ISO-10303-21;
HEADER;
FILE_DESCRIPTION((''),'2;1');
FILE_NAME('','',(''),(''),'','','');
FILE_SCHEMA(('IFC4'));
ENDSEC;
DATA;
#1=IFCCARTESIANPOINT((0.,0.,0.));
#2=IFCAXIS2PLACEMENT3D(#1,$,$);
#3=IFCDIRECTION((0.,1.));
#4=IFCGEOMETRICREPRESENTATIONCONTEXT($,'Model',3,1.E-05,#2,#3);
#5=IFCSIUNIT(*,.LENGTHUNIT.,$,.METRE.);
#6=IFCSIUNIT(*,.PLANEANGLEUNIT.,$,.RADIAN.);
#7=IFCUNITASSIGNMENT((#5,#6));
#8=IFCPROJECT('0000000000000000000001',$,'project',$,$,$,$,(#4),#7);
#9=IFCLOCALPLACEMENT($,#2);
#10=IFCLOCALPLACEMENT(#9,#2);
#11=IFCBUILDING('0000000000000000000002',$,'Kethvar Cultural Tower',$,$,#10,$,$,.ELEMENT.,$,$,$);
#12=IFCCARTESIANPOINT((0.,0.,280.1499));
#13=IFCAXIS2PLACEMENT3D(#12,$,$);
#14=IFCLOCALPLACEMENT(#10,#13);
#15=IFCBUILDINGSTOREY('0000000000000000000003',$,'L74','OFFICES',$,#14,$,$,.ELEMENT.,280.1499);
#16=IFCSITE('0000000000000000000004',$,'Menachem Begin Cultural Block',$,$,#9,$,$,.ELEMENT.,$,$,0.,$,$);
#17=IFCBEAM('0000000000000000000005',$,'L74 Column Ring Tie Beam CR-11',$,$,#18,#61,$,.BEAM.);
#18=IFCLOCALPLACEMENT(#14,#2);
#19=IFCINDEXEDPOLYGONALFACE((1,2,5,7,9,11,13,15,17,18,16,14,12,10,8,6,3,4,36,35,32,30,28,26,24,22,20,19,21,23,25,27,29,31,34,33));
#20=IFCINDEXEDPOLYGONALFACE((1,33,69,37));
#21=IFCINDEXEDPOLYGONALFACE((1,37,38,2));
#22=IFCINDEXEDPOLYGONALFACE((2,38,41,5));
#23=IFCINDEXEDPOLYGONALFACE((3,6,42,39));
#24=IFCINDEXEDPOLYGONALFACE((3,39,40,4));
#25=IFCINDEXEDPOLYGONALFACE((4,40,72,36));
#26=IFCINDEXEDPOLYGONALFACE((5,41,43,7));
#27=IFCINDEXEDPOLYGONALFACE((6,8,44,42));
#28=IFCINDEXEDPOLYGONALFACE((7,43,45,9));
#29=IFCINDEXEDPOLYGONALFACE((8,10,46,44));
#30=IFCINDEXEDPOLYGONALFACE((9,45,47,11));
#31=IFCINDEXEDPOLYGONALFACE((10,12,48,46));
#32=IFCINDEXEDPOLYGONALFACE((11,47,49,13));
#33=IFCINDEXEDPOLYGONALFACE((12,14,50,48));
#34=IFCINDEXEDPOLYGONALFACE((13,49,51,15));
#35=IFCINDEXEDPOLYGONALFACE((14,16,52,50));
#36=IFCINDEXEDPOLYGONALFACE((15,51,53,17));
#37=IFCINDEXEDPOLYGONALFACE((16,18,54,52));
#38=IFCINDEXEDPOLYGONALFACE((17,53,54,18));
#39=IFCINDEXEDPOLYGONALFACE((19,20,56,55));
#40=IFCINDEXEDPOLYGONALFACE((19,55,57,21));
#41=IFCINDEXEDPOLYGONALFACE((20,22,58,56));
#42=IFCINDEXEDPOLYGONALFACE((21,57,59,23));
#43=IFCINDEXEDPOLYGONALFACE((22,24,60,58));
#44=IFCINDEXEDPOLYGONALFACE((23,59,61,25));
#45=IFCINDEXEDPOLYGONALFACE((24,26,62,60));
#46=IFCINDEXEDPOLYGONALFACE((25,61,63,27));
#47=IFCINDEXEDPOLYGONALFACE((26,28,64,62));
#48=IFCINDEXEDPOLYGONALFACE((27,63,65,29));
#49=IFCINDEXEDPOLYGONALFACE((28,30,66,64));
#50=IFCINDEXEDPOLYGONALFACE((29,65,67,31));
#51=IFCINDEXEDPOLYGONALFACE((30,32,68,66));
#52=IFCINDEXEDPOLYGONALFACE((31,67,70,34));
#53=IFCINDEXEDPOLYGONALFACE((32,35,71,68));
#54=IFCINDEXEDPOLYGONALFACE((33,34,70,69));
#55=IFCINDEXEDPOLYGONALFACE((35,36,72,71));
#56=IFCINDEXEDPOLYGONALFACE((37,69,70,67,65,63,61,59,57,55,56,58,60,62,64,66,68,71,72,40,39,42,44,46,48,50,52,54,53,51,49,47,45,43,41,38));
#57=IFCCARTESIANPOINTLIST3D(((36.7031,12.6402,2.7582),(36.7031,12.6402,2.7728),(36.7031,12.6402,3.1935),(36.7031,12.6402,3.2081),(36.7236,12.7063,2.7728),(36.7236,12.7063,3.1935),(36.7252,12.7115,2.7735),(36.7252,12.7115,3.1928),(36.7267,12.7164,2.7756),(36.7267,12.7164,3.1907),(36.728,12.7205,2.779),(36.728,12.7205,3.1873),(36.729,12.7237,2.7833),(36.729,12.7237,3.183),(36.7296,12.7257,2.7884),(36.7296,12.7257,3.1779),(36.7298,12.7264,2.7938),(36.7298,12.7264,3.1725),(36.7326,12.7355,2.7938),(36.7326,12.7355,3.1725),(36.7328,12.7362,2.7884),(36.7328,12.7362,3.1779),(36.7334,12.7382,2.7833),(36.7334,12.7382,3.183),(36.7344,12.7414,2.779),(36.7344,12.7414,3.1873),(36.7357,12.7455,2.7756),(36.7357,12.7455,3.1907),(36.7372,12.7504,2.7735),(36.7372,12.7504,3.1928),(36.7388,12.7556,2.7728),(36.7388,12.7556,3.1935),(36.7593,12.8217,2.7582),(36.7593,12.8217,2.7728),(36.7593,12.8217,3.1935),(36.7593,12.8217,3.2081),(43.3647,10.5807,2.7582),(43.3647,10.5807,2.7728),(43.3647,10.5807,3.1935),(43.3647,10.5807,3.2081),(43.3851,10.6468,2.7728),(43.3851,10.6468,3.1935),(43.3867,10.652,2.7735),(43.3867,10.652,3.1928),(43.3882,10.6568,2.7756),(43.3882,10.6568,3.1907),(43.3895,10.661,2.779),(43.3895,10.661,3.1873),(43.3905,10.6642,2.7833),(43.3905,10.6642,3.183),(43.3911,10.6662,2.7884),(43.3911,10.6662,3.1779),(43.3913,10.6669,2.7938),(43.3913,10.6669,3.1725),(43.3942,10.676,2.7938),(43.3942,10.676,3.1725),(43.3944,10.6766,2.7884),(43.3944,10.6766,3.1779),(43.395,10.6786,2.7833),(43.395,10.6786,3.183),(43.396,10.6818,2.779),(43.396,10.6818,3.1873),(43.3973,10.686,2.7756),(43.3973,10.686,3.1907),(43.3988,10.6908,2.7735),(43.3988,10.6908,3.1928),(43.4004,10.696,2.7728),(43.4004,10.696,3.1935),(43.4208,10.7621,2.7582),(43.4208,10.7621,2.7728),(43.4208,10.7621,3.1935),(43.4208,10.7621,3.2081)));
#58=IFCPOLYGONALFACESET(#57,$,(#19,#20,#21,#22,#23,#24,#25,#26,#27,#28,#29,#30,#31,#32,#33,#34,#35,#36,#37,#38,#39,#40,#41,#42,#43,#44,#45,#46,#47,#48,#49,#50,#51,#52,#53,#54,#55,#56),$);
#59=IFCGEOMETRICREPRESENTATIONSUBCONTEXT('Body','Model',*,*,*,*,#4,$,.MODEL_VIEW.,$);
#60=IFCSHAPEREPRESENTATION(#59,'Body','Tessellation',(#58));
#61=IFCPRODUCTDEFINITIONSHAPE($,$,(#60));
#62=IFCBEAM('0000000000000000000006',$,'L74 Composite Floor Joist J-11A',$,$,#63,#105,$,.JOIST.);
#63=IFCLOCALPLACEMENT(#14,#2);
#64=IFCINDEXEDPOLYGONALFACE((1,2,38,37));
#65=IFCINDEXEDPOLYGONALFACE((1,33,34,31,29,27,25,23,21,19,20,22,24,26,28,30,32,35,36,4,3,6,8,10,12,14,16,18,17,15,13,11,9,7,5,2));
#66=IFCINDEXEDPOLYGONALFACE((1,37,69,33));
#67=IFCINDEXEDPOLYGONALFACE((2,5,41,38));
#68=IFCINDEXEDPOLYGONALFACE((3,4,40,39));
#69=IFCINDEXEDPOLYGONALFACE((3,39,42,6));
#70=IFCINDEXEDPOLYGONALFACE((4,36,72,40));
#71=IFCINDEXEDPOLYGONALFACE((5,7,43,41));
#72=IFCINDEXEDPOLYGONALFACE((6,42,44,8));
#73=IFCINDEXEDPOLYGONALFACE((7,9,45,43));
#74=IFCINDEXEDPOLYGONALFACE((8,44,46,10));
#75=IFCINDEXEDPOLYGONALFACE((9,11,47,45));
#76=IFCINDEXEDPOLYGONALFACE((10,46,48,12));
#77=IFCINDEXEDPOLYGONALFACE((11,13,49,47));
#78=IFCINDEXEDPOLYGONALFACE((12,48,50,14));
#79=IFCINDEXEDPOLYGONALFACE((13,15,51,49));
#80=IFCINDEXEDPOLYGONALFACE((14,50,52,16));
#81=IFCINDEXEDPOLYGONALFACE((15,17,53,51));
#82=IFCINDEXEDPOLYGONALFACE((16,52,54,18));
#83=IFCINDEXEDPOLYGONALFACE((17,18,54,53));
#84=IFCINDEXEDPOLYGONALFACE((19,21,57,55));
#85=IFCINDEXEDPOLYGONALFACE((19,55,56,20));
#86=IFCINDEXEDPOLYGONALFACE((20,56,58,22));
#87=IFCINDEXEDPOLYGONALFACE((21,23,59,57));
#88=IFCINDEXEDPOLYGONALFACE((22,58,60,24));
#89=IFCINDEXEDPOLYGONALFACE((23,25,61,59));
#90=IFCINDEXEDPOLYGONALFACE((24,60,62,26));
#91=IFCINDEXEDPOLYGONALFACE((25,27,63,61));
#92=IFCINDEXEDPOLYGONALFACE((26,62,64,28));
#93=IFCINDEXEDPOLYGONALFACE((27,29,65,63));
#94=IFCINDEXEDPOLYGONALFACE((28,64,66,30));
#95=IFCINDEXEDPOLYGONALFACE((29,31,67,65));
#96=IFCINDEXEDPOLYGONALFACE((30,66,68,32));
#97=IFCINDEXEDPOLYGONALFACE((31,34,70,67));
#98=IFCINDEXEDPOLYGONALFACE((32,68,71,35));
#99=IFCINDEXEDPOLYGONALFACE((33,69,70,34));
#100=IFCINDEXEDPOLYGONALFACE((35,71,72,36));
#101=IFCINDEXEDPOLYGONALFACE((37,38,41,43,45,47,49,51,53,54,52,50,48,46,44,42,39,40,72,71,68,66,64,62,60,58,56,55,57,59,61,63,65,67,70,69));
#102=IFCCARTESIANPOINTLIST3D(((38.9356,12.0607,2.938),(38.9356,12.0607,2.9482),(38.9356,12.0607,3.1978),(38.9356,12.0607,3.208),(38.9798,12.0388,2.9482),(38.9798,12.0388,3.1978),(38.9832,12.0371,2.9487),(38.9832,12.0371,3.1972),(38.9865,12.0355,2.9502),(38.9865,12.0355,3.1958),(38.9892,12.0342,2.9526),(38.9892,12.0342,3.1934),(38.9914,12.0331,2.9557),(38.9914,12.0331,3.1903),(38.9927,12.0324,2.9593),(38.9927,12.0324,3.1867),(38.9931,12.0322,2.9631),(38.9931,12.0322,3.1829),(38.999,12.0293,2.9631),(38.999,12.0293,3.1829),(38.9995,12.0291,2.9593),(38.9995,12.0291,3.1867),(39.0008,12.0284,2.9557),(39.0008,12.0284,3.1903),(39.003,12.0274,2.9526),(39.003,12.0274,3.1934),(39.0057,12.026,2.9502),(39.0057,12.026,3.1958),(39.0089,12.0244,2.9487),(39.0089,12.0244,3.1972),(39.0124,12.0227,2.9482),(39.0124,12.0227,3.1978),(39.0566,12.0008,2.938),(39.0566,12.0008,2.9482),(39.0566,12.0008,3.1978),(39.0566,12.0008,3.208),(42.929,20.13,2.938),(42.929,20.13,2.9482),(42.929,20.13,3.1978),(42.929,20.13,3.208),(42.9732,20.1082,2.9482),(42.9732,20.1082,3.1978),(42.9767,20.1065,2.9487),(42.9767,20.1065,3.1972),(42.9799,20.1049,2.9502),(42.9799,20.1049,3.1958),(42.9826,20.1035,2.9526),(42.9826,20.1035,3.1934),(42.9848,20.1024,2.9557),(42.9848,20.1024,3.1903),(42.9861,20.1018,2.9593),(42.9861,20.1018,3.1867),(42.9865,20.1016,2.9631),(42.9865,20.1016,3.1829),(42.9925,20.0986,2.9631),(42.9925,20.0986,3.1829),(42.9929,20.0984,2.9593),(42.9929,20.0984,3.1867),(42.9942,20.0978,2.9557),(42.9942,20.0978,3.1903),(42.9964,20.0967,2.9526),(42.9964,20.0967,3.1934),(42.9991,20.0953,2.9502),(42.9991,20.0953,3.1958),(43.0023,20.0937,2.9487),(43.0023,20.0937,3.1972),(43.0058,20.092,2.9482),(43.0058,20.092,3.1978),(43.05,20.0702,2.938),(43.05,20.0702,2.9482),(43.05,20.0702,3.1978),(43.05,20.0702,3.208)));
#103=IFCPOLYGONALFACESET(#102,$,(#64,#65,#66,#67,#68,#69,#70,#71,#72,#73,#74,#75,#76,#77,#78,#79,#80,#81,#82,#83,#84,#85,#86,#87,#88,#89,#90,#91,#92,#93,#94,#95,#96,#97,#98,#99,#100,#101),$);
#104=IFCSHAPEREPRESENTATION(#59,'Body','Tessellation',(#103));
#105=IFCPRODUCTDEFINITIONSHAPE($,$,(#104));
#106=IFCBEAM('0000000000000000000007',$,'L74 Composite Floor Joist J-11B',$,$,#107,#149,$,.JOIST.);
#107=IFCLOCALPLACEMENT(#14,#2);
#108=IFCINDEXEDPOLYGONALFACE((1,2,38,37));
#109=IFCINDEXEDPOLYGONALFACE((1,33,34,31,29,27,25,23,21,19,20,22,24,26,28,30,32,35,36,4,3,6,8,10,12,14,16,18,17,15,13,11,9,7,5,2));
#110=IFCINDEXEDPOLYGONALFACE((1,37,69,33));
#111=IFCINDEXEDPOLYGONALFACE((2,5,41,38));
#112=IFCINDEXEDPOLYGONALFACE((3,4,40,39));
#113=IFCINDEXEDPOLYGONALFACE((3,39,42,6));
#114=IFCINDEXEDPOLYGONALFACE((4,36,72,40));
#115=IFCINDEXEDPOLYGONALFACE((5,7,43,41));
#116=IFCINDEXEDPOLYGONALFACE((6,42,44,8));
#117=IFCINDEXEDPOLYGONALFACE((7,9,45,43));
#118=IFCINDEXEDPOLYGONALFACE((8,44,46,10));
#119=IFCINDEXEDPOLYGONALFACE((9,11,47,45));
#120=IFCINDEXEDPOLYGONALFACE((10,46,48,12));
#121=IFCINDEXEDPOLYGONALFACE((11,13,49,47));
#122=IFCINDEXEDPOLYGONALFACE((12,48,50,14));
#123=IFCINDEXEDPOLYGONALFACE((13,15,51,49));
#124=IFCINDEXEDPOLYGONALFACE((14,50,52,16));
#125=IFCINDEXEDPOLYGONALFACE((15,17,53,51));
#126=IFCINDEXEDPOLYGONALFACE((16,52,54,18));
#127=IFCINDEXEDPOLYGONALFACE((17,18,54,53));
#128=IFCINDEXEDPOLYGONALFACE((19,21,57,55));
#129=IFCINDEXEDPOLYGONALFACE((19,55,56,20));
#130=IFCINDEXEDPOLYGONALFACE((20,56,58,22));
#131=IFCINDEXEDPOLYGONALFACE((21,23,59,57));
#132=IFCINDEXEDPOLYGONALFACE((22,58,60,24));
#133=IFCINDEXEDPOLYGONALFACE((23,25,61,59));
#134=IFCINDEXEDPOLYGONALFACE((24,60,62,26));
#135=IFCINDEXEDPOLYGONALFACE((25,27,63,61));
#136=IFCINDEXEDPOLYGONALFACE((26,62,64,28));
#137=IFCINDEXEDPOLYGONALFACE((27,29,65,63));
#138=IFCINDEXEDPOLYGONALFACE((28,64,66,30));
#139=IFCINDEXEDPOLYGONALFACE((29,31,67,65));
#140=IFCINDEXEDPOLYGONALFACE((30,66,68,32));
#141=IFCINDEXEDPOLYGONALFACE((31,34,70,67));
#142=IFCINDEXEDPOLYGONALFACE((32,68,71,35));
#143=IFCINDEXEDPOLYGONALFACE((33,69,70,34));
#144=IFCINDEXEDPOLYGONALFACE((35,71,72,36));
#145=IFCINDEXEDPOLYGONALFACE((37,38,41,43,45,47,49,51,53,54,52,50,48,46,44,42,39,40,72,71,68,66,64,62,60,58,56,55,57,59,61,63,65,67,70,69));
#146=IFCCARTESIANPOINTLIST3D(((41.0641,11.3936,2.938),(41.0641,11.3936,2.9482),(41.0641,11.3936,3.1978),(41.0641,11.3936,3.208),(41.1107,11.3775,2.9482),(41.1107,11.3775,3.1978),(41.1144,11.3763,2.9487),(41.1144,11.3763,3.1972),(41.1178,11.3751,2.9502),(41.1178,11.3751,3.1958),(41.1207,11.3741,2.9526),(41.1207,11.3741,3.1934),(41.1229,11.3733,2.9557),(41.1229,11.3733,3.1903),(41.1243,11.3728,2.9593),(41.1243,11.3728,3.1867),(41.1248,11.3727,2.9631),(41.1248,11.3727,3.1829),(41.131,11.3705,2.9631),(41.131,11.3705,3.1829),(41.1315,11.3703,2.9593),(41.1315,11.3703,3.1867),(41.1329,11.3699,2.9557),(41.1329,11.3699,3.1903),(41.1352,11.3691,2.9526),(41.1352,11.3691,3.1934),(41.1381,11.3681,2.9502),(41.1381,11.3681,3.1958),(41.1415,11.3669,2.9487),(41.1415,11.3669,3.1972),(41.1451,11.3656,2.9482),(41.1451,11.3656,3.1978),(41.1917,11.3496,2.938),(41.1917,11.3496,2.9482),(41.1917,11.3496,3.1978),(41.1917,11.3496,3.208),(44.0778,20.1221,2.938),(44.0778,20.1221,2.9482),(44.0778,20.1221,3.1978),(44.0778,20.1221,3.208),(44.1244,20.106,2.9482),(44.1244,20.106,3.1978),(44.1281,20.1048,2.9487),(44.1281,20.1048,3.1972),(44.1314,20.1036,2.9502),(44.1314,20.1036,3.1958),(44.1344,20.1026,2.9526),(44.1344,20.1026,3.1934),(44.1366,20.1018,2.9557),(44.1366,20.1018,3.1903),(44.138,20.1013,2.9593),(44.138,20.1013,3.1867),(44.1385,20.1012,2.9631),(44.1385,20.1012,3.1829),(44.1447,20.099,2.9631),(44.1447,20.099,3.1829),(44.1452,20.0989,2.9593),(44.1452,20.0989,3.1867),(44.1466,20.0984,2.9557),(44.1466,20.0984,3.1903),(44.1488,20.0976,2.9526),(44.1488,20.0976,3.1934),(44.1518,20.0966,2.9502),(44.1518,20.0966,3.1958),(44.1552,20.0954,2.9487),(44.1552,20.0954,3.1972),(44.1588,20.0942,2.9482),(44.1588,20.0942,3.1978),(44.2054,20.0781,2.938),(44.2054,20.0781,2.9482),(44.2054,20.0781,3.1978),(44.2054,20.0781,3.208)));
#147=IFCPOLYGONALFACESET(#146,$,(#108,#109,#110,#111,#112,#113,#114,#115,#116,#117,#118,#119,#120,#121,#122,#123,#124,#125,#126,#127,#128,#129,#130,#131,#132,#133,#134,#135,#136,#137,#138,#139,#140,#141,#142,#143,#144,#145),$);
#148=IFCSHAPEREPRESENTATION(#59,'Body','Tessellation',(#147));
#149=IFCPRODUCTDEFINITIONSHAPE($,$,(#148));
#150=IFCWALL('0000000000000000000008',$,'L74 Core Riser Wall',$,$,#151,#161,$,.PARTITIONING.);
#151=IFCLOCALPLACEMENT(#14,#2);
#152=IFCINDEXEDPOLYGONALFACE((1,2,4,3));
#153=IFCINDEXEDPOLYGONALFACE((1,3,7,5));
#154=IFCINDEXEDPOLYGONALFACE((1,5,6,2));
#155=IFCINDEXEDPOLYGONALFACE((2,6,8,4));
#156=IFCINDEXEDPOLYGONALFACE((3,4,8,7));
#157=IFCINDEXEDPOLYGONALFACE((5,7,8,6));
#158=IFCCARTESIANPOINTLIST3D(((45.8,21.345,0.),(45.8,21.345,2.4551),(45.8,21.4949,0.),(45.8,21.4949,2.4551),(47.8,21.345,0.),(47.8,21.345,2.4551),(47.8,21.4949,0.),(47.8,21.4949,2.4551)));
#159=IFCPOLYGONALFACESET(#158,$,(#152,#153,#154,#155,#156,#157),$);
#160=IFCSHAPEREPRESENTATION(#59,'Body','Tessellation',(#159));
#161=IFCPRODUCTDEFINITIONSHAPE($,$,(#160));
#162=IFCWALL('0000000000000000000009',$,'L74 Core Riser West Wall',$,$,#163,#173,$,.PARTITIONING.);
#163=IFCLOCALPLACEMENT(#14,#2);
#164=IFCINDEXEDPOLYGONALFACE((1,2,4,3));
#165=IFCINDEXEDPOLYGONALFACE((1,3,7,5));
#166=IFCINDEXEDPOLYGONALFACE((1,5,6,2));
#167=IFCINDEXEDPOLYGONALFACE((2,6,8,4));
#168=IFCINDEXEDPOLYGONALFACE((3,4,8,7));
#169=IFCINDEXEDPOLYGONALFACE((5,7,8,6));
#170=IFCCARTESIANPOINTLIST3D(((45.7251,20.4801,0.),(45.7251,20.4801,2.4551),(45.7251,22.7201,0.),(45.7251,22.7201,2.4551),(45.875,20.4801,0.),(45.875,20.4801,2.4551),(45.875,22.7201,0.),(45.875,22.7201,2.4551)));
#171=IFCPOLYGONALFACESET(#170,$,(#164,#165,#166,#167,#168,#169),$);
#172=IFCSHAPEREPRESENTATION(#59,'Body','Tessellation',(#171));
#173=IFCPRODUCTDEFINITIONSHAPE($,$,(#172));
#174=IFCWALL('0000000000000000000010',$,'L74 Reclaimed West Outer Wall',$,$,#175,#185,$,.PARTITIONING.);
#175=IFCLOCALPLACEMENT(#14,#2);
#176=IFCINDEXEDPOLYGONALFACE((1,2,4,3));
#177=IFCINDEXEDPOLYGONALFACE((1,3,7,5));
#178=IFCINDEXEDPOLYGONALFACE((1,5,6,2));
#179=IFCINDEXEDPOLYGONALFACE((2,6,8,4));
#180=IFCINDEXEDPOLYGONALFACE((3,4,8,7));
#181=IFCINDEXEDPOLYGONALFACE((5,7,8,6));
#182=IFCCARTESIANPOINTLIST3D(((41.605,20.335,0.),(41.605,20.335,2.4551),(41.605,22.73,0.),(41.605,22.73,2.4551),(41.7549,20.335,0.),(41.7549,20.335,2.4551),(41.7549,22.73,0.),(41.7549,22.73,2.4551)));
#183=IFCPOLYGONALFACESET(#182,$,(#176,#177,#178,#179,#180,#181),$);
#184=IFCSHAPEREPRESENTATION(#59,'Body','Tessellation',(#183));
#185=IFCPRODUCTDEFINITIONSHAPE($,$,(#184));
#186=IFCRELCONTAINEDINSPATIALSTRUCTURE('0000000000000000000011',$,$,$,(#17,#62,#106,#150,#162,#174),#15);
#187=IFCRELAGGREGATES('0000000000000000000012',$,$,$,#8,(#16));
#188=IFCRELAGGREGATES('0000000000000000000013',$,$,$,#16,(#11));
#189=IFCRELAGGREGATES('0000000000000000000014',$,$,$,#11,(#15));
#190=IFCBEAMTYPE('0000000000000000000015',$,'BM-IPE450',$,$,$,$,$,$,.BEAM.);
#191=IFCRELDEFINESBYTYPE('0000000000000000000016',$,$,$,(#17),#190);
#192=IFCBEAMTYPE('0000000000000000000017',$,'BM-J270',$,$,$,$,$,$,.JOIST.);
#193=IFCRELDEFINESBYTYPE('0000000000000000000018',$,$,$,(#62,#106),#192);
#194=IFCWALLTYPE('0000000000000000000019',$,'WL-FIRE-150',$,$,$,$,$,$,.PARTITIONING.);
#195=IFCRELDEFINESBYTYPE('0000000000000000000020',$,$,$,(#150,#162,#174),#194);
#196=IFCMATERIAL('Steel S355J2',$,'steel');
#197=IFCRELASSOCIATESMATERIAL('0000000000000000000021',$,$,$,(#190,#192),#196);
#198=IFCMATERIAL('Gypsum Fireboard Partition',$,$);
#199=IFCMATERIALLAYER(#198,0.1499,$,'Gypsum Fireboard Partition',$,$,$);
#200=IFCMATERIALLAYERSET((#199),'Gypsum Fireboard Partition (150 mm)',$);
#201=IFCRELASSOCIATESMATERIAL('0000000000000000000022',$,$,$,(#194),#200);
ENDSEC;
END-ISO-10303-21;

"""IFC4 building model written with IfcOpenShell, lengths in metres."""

from ifc_helpers import new_model, si_unit, direction, frame, frame_2d, origin, origin_2d, place, context, subcontext, project, spatial, rectangle, i_section, extrude, source, transform, mapped, material, layer, layer_set, material_profile, profile_set, type_object, element, save


model = new_model("IFC4")

# Units and contexts
model_context = context("Model", 3, precision=1e-05, world=origin(), true_north=direction((0.0, 1.0)))
body_context = subcontext(model_context, "Body", "Model", "MODEL_VIEW")
ifc_project = project(units=[si_unit("LENGTHUNIT", "METRE"), si_unit("PLANEANGLEUNIT", "RADIAN")], contexts=[model_context])

# Site, building, storey
site_placement = place(None, origin())
site = spatial("IfcSite", under=ifc_project, at=site_placement, Name="Menachem Begin Cultural Block", CompositionType="ELEMENT", RefElevation=0.0)
building_placement = place(site_placement, origin())
building = spatial("IfcBuilding", under=site, at=building_placement, Name="Kethvar Cultural Tower", CompositionType="ELEMENT")
storey_placement = place(building_placement, frame((0.0, 0.0, 280.1499)))
storey = spatial("IfcBuildingStorey", under=building, at=storey_placement, Name="L74", Description="OFFICES", CompositionType="ELEMENT", Elevation=280.1499)

# Shared definitions
ifc_material_1 = material(Name="Steel S355J2", Category="steel")

# Beams
ifc_material_profile_1 = material_profile(ifc_material_1, i_section(OverallWidth=0.1899, OverallDepth=0.45, WebThickness=0.0095, FlangeThickness=0.0146, FilletRadius=0.021, at=origin_2d()), Name="Steel S355J2 — IPE450")
ifc_profile_set_1 = profile_set([ifc_material_profile_1], Name="Steel S355J2 — IPE450")
beam_type_1 = type_object("IfcBeamType", Name="BM-IPE450", PredefinedType="BEAM", material=ifc_profile_set_1)
ifc_material_profile_2 = material_profile(ifc_material_1, i_section(OverallWidth=0.135, OverallDepth=0.27, WebThickness=0.0066, FlangeThickness=0.0103, FilletRadius=0.0149, at=origin_2d()), Name="Steel S355J2 — IPE270")
ifc_profile_set_2 = profile_set([ifc_material_profile_2], Name="Steel S355J2 — IPE270")
beam_type_2 = type_object("IfcBeamType", Name="BM-J270", PredefinedType="JOIST", material=ifc_profile_set_2)
shared_shape_1 = source(origin(), body_context, "Body", "SweptSolid", [
    extrude(i_section(OverallWidth=0.1899, OverallDepth=0.45, WebThickness=0.0095, FlangeThickness=0.0146, FilletRadius=0.021, at=origin_2d()), origin(), (0.0, 0.0, 1.0), 6.9727),
])
beam_1_placement = place(storey_placement, frame((36.7312, 12.731, 2.9832), z_axis=(0.955381, -0.295375, 0.0), x_axis=(0.295375, 0.955381, 0.0)))
element("IfcBeam", 1, at=beam_1_placement, inside=storey, type_object=beam_type_1, Name="L74 Column Ring Tie Beam CR-11", PredefinedType="BEAM", context=body_context, shape_type="MappedRepresentation", body=[
    mapped(shared_shape_1, transform((0.0, 0.0, 0.0), scale=1.0)),
])
shared_shape_2 = source(origin(), body_context, "Body", "SweptSolid", [
    extrude(i_section(OverallWidth=0.135, OverallDepth=0.27, WebThickness=0.0066, FlangeThickness=0.0103, FilletRadius=0.0149, at=origin_2d()), origin(), (0.0, 0.0, 1.0), 9.0034),
])
beam_2_placement = place(storey_placement, frame((42.9895, 20.1001, 3.073), z_axis=(-0.443544, -0.896253, 0.0), x_axis=(0.896253, -0.443544, 0.0)))
element("IfcBeam", 2, at=beam_2_placement, inside=storey, type_object=beam_type_2, Name="L74 Composite Floor Joist J-11A", PredefinedType="JOIST", context=body_context, shape_type="MappedRepresentation", body=[
    mapped(shared_shape_2, transform((0.0, 0.0, 0.0), scale=1.0)),
])
shared_shape_3 = source(origin(), body_context, "Body", "SweptSolid", [
    extrude(i_section(OverallWidth=0.135, OverallDepth=0.27, WebThickness=0.0066, FlangeThickness=0.0103, FilletRadius=0.0149, at=origin_2d()), origin(), (0.0, 0.0, 1.0), 9.2341),
])
beam_3_placement = place(storey_placement, frame((44.1416, 20.1001, 3.073), z_axis=(-0.326362, -0.945245, 0.0), x_axis=(0.945245, -0.326362, 0.0)))
element("IfcBeam", 3, at=beam_3_placement, inside=storey, type_object=beam_type_2, Name="L74 Composite Floor Joist J-11B", PredefinedType="JOIST", context=body_context, shape_type="MappedRepresentation", body=[
    mapped(shared_shape_3, transform((0.0, 0.0, 0.0), scale=1.0)),
])

# Walls
ifc_material_2 = material(Name="Gypsum Fireboard Partition")
ifc_layer_1 = layer(ifc_material_2, 0.1499, Name="Gypsum Fireboard Partition")
ifc_layer_set_1 = layer_set([ifc_layer_1], Name="Gypsum Fireboard Partition (150 mm)")
wall_type_1 = type_object("IfcWallType", Name="WL-FIRE-150", PredefinedType="PARTITIONING", material=ifc_layer_set_1)
wall_1_placement = place(storey_placement, frame((45.8, 21.4199, 0.0), z_axis=(0.0, 0.0, 1.0), x_axis=(1.0, 0.0, 0.0)))
element("IfcWall", 4, at=wall_1_placement, inside=storey, type_object=wall_type_1, Name="L74 Core Riser Wall", PredefinedType="PARTITIONING", context=body_context, shape_type="SweptSolid", body=[
    extrude(rectangle(XDim=2.0, YDim=0.1499, at=frame_2d((1.0, 0.0))), origin(), (0.0, 0.0, 1.0), 2.4551),
])
wall_2_placement = place(storey_placement, frame((45.8, 20.48, 0.0), z_axis=(0.0, 0.0, 1.0), x_axis=(0.0, 1.0, 0.0)))
element("IfcWall", 5, at=wall_2_placement, inside=storey, type_object=wall_type_1, Name="L74 Core Riser West Wall", PredefinedType="PARTITIONING", context=body_context, shape_type="SweptSolid", body=[
    extrude(rectangle(XDim=2.24, YDim=0.1499, at=frame_2d((1.1201, 0.0))), origin(), (0.0, 0.0, 1.0), 2.4551),
])
wall_3_placement = place(storey_placement, frame((41.6799, 20.335, 0.0), z_axis=(0.0, 0.0, 1.0), x_axis=(0.0, 1.0, 0.0)))
element("IfcWall", 6, at=wall_3_placement, inside=storey, type_object=wall_type_1, Name="L74 Reclaimed West Outer Wall", PredefinedType="PARTITIONING", context=body_context, shape_type="SweptSolid", body=[
    extrude(rectangle(XDim=2.395, YDim=0.1499, at=frame_2d((1.1975, 0.0))), origin(), (0.0, 0.0, 1.0), 2.4551),
])

save(model, "model.ifc")
